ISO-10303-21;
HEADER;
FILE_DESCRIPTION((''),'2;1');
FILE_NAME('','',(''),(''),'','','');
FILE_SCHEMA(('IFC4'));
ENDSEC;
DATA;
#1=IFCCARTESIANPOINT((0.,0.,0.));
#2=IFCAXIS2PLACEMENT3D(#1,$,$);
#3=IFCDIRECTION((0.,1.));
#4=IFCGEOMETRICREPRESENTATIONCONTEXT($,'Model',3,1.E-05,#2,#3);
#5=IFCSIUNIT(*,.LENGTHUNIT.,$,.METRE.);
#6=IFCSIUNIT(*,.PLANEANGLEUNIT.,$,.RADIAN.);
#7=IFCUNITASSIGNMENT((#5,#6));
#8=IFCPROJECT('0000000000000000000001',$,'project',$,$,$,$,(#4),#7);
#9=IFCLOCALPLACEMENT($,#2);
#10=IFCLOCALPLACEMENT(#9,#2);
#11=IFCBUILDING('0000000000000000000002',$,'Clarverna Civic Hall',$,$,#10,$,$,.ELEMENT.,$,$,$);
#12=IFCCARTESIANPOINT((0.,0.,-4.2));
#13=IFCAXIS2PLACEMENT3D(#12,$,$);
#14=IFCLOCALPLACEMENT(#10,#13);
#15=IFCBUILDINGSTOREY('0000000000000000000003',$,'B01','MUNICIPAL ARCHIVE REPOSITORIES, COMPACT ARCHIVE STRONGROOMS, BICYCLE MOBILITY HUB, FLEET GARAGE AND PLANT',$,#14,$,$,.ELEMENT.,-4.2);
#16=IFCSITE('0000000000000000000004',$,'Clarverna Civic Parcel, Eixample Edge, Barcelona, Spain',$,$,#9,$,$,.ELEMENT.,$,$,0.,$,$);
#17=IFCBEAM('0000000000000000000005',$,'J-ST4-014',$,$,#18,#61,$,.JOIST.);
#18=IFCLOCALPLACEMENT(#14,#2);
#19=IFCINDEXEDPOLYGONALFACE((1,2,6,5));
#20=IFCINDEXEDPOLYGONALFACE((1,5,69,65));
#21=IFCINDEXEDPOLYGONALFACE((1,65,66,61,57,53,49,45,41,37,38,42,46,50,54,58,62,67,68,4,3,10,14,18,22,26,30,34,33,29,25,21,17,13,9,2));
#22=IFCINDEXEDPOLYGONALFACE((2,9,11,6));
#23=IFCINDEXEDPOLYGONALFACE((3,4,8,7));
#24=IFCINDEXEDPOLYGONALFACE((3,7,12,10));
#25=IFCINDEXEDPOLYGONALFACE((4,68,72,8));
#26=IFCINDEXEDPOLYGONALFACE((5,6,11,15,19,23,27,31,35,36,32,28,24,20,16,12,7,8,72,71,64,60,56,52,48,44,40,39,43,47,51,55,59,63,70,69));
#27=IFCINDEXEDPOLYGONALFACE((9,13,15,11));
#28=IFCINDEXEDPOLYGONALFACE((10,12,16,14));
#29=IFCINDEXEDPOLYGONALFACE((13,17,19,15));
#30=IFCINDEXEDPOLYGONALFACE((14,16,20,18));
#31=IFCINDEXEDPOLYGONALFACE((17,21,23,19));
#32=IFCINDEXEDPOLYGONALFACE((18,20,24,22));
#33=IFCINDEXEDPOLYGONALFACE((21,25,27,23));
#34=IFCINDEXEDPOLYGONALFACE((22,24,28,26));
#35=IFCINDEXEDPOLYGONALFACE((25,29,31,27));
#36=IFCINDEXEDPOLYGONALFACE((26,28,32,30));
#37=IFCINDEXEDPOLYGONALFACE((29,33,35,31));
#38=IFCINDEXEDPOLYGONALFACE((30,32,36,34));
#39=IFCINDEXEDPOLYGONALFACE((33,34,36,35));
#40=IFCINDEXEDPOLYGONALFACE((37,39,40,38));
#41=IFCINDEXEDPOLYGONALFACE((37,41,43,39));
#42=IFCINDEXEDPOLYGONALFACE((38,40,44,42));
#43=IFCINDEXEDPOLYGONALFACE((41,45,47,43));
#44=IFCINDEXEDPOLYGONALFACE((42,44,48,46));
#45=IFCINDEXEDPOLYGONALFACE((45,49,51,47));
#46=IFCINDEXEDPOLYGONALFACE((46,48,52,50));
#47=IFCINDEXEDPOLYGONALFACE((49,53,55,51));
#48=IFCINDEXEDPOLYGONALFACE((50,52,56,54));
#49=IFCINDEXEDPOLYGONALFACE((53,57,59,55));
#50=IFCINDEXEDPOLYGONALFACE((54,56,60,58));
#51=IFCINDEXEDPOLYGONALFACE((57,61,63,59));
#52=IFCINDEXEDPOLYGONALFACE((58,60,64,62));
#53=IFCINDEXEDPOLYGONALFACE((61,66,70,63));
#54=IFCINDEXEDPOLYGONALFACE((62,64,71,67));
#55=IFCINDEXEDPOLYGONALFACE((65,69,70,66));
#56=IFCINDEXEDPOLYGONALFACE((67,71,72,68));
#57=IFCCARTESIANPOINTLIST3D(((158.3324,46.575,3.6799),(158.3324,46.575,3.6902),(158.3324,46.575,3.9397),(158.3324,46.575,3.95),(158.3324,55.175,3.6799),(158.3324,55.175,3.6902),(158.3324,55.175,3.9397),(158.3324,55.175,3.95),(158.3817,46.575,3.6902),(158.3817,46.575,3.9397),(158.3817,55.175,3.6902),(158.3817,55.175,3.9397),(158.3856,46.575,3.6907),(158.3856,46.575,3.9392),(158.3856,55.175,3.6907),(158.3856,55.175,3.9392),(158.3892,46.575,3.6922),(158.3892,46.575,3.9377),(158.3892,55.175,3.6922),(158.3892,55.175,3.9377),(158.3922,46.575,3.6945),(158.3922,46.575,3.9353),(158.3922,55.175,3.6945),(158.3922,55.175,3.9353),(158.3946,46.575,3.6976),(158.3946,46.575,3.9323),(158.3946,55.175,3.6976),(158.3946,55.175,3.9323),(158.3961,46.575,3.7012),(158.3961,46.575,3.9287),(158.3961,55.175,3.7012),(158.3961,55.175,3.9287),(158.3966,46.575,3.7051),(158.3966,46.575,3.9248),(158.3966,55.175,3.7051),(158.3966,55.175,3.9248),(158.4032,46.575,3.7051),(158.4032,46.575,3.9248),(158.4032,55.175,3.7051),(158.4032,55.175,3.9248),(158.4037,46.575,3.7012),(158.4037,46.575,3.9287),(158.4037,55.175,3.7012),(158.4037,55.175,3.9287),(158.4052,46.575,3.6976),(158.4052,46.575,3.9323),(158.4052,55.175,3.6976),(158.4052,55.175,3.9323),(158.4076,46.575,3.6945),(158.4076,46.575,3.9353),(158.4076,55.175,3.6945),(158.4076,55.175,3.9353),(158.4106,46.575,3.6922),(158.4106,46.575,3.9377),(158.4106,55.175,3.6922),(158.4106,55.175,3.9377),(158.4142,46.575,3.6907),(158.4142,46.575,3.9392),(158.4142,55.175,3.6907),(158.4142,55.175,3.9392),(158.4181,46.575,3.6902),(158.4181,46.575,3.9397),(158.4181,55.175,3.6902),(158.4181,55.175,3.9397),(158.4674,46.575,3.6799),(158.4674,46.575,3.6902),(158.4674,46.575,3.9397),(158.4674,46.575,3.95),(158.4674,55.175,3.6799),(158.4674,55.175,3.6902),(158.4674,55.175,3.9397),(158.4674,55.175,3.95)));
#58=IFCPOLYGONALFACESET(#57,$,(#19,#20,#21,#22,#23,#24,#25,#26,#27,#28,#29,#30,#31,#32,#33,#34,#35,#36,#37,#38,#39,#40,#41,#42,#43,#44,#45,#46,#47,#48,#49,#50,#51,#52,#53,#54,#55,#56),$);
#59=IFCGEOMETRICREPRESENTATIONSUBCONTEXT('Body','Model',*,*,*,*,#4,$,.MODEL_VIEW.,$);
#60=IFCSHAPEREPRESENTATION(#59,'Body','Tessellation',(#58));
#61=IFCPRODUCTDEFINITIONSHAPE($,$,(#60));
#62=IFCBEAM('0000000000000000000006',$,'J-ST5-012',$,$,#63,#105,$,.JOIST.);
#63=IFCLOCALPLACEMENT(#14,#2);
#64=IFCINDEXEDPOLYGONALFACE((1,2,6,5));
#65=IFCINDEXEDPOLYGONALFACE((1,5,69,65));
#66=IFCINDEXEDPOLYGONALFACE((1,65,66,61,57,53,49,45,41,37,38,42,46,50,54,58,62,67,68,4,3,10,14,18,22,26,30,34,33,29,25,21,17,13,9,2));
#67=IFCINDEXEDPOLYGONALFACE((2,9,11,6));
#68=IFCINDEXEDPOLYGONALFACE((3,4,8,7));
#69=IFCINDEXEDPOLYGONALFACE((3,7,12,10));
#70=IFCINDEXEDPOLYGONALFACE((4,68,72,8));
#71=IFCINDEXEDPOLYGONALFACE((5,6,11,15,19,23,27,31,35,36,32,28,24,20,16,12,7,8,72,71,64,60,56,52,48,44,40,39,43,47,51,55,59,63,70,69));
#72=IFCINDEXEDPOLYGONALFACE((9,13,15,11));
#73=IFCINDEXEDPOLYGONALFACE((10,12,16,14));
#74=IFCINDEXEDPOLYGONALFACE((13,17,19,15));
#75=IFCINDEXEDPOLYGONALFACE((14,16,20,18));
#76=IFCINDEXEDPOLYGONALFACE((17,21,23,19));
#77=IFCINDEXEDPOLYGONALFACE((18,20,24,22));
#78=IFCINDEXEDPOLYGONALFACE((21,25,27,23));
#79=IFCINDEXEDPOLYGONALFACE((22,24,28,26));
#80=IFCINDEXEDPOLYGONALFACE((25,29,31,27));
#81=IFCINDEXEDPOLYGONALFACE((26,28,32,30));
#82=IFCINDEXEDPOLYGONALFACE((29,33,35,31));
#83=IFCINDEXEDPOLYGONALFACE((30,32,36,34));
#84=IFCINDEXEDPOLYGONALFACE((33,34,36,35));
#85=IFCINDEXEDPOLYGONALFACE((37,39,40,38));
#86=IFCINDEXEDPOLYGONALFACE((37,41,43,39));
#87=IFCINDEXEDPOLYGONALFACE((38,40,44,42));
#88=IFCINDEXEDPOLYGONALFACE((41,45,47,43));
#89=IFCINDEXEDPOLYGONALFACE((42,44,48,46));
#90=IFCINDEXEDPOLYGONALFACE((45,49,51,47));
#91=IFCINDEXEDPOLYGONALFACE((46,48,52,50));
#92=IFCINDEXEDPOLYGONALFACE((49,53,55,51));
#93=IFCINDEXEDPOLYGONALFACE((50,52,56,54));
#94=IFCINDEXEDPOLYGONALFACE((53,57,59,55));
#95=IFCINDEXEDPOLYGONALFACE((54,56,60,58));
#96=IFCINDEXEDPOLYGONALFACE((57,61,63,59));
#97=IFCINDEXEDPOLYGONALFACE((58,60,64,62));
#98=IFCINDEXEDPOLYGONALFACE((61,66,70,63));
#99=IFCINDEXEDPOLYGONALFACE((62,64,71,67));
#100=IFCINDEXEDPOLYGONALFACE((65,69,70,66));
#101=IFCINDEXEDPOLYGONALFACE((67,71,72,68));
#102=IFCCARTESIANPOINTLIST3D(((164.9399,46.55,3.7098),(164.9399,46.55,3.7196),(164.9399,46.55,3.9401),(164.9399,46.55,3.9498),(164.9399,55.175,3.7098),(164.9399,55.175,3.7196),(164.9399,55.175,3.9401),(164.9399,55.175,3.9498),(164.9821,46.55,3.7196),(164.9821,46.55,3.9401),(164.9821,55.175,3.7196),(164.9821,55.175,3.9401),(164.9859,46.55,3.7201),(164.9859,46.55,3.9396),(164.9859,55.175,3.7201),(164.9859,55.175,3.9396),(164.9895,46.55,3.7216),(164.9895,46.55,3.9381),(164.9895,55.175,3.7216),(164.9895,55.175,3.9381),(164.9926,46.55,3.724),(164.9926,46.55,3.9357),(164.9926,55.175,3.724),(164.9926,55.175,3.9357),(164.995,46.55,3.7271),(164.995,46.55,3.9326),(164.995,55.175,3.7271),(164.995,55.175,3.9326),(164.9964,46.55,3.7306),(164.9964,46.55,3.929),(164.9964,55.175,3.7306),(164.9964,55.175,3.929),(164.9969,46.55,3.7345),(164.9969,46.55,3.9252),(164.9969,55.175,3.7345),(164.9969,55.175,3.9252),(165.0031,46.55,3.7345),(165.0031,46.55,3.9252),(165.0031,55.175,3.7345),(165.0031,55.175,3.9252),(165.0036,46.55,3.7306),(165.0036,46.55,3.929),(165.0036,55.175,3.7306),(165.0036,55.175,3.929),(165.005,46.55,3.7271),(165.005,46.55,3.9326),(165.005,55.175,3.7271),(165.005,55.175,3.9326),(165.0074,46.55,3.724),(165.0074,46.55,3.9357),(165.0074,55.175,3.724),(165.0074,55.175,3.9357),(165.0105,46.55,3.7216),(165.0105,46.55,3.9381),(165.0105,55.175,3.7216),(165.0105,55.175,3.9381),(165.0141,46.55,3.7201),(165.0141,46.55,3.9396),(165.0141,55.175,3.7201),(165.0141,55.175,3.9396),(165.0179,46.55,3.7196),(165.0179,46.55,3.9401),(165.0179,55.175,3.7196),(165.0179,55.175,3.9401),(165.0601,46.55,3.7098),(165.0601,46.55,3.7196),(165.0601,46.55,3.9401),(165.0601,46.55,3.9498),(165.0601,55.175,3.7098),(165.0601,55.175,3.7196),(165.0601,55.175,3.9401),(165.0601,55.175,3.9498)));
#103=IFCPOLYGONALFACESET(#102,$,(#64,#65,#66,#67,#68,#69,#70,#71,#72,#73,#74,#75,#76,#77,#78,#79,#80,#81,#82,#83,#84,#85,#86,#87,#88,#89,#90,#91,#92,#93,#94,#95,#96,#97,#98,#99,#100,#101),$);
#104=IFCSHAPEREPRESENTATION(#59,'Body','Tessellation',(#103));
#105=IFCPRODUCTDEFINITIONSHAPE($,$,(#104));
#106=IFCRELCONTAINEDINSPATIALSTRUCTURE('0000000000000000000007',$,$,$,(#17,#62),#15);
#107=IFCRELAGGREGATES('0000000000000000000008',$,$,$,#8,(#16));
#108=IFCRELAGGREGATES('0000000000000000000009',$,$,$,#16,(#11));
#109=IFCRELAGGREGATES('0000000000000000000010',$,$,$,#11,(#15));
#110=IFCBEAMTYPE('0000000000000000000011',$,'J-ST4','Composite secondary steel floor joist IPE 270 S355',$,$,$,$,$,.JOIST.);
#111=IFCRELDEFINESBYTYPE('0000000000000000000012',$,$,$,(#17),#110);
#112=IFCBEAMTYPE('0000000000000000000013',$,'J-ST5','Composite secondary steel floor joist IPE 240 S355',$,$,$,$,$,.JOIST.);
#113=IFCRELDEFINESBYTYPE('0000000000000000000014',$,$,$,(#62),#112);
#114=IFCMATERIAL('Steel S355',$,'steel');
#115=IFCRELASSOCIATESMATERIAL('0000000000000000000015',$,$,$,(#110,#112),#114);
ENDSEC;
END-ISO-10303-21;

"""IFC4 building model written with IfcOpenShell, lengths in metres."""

from ifc_helpers import new_model, si_unit, direction, frame, origin, origin_2d, place, context, subcontext, project, spatial, i_section, extrude, material, material_profile, profile_set, type_object, element, save


model = new_model("IFC4")

# Units and contexts
model_context = context("Model", 3, precision=1e-05, world=origin(), true_north=direction((0.0, 1.0)))
body_context = subcontext(model_context, "Body", "Model", "MODEL_VIEW")
ifc_project = project(units=[si_unit("LENGTHUNIT", "METRE"), si_unit("PLANEANGLEUNIT", "RADIAN")], contexts=[model_context])

# Site, building, storey
site_placement = place(None, origin())
site = spatial("IfcSite", under=ifc_project, at=site_placement, Name="Clarverna Civic Parcel, Eixample Edge, Barcelona, Spain", CompositionType="ELEMENT", RefElevation=0.0)
building_placement = place(site_placement, origin())
building = spatial("IfcBuilding", under=site, at=building_placement, Name="Clarverna Civic Hall", CompositionType="ELEMENT")
storey_placement = place(building_placement, frame((0.0, 0.0, -4.2)))
storey = spatial("IfcBuildingStorey", under=building, at=storey_placement, Name="B01", Description="MUNICIPAL ARCHIVE REPOSITORIES, COMPACT ARCHIVE STRONGROOMS, BICYCLE MOBILITY HUB, FLEET GARAGE AND PLANT", CompositionType="ELEMENT", Elevation=-4.2)

# Beams
ifc_material_1 = material(Name="Steel S355", Category="steel")
ifc_material_profile_1 = material_profile(ifc_material_1, i_section(OverallWidth=0.135, OverallDepth=0.27, WebThickness=0.0066, FlangeThickness=0.0103, FilletRadius=0.0149, at=origin_2d()), Name="IPE 270")
ifc_profile_set_1 = profile_set([ifc_material_profile_1], Name="Steel S355")
beam_type_1 = type_object("IfcBeamType", Name="J-ST4", Description="Composite secondary steel floor joist IPE 270 S355", PredefinedType="JOIST", material=ifc_profile_set_1)
beam_1_placement = place(storey_placement, frame((158.3999, 46.575, 3.8149), z_axis=(0.0, 1.0, 0.0), x_axis=(-1.0, 0.0, 0.0)))
element("IfcBeam", 1, at=beam_1_placement, inside=storey, type_object=beam_type_1, Name="J-ST4-014", PredefinedType="JOIST", context=body_context, shape_type="SweptSolid", body=[
    extrude(i_section(OverallWidth=0.135, OverallDepth=0.27, WebThickness=0.0066, FlangeThickness=0.0103, FilletRadius=0.0149, at=origin_2d()), origin(), (0.0, 0.0, 1.0), 8.6001),
])
ifc_material_profile_2 = material_profile(ifc_material_1, i_section(OverallWidth=0.1201, OverallDepth=0.24, WebThickness=0.0061, FlangeThickness=0.0098, FilletRadius=0.0149, at=origin_2d()), Name="IPE 240")
ifc_profile_set_2 = profile_set([ifc_material_profile_2], Name="Steel S355")
beam_type_2 = type_object("IfcBeamType", Name="J-ST5", Description="Composite secondary steel floor joist IPE 240 S355", PredefinedType="JOIST", material=ifc_profile_set_2)
beam_2_placement = place(storey_placement, frame((165.0, 46.55, 3.8298), z_axis=(0.0, 1.0, 0.0), x_axis=(-1.0, 0.0, 0.0)))
element("IfcBeam", 2, at=beam_2_placement, inside=storey, type_object=beam_type_2, Name="J-ST5-012", PredefinedType="JOIST", context=body_context, shape_type="SweptSolid", body=[
    extrude(i_section(OverallWidth=0.1201, OverallDepth=0.24, WebThickness=0.0061, FlangeThickness=0.0098, FilletRadius=0.0149, at=origin_2d()), origin(), (0.0, 0.0, 1.0), 8.625),
])

save(model, "model.ifc")
